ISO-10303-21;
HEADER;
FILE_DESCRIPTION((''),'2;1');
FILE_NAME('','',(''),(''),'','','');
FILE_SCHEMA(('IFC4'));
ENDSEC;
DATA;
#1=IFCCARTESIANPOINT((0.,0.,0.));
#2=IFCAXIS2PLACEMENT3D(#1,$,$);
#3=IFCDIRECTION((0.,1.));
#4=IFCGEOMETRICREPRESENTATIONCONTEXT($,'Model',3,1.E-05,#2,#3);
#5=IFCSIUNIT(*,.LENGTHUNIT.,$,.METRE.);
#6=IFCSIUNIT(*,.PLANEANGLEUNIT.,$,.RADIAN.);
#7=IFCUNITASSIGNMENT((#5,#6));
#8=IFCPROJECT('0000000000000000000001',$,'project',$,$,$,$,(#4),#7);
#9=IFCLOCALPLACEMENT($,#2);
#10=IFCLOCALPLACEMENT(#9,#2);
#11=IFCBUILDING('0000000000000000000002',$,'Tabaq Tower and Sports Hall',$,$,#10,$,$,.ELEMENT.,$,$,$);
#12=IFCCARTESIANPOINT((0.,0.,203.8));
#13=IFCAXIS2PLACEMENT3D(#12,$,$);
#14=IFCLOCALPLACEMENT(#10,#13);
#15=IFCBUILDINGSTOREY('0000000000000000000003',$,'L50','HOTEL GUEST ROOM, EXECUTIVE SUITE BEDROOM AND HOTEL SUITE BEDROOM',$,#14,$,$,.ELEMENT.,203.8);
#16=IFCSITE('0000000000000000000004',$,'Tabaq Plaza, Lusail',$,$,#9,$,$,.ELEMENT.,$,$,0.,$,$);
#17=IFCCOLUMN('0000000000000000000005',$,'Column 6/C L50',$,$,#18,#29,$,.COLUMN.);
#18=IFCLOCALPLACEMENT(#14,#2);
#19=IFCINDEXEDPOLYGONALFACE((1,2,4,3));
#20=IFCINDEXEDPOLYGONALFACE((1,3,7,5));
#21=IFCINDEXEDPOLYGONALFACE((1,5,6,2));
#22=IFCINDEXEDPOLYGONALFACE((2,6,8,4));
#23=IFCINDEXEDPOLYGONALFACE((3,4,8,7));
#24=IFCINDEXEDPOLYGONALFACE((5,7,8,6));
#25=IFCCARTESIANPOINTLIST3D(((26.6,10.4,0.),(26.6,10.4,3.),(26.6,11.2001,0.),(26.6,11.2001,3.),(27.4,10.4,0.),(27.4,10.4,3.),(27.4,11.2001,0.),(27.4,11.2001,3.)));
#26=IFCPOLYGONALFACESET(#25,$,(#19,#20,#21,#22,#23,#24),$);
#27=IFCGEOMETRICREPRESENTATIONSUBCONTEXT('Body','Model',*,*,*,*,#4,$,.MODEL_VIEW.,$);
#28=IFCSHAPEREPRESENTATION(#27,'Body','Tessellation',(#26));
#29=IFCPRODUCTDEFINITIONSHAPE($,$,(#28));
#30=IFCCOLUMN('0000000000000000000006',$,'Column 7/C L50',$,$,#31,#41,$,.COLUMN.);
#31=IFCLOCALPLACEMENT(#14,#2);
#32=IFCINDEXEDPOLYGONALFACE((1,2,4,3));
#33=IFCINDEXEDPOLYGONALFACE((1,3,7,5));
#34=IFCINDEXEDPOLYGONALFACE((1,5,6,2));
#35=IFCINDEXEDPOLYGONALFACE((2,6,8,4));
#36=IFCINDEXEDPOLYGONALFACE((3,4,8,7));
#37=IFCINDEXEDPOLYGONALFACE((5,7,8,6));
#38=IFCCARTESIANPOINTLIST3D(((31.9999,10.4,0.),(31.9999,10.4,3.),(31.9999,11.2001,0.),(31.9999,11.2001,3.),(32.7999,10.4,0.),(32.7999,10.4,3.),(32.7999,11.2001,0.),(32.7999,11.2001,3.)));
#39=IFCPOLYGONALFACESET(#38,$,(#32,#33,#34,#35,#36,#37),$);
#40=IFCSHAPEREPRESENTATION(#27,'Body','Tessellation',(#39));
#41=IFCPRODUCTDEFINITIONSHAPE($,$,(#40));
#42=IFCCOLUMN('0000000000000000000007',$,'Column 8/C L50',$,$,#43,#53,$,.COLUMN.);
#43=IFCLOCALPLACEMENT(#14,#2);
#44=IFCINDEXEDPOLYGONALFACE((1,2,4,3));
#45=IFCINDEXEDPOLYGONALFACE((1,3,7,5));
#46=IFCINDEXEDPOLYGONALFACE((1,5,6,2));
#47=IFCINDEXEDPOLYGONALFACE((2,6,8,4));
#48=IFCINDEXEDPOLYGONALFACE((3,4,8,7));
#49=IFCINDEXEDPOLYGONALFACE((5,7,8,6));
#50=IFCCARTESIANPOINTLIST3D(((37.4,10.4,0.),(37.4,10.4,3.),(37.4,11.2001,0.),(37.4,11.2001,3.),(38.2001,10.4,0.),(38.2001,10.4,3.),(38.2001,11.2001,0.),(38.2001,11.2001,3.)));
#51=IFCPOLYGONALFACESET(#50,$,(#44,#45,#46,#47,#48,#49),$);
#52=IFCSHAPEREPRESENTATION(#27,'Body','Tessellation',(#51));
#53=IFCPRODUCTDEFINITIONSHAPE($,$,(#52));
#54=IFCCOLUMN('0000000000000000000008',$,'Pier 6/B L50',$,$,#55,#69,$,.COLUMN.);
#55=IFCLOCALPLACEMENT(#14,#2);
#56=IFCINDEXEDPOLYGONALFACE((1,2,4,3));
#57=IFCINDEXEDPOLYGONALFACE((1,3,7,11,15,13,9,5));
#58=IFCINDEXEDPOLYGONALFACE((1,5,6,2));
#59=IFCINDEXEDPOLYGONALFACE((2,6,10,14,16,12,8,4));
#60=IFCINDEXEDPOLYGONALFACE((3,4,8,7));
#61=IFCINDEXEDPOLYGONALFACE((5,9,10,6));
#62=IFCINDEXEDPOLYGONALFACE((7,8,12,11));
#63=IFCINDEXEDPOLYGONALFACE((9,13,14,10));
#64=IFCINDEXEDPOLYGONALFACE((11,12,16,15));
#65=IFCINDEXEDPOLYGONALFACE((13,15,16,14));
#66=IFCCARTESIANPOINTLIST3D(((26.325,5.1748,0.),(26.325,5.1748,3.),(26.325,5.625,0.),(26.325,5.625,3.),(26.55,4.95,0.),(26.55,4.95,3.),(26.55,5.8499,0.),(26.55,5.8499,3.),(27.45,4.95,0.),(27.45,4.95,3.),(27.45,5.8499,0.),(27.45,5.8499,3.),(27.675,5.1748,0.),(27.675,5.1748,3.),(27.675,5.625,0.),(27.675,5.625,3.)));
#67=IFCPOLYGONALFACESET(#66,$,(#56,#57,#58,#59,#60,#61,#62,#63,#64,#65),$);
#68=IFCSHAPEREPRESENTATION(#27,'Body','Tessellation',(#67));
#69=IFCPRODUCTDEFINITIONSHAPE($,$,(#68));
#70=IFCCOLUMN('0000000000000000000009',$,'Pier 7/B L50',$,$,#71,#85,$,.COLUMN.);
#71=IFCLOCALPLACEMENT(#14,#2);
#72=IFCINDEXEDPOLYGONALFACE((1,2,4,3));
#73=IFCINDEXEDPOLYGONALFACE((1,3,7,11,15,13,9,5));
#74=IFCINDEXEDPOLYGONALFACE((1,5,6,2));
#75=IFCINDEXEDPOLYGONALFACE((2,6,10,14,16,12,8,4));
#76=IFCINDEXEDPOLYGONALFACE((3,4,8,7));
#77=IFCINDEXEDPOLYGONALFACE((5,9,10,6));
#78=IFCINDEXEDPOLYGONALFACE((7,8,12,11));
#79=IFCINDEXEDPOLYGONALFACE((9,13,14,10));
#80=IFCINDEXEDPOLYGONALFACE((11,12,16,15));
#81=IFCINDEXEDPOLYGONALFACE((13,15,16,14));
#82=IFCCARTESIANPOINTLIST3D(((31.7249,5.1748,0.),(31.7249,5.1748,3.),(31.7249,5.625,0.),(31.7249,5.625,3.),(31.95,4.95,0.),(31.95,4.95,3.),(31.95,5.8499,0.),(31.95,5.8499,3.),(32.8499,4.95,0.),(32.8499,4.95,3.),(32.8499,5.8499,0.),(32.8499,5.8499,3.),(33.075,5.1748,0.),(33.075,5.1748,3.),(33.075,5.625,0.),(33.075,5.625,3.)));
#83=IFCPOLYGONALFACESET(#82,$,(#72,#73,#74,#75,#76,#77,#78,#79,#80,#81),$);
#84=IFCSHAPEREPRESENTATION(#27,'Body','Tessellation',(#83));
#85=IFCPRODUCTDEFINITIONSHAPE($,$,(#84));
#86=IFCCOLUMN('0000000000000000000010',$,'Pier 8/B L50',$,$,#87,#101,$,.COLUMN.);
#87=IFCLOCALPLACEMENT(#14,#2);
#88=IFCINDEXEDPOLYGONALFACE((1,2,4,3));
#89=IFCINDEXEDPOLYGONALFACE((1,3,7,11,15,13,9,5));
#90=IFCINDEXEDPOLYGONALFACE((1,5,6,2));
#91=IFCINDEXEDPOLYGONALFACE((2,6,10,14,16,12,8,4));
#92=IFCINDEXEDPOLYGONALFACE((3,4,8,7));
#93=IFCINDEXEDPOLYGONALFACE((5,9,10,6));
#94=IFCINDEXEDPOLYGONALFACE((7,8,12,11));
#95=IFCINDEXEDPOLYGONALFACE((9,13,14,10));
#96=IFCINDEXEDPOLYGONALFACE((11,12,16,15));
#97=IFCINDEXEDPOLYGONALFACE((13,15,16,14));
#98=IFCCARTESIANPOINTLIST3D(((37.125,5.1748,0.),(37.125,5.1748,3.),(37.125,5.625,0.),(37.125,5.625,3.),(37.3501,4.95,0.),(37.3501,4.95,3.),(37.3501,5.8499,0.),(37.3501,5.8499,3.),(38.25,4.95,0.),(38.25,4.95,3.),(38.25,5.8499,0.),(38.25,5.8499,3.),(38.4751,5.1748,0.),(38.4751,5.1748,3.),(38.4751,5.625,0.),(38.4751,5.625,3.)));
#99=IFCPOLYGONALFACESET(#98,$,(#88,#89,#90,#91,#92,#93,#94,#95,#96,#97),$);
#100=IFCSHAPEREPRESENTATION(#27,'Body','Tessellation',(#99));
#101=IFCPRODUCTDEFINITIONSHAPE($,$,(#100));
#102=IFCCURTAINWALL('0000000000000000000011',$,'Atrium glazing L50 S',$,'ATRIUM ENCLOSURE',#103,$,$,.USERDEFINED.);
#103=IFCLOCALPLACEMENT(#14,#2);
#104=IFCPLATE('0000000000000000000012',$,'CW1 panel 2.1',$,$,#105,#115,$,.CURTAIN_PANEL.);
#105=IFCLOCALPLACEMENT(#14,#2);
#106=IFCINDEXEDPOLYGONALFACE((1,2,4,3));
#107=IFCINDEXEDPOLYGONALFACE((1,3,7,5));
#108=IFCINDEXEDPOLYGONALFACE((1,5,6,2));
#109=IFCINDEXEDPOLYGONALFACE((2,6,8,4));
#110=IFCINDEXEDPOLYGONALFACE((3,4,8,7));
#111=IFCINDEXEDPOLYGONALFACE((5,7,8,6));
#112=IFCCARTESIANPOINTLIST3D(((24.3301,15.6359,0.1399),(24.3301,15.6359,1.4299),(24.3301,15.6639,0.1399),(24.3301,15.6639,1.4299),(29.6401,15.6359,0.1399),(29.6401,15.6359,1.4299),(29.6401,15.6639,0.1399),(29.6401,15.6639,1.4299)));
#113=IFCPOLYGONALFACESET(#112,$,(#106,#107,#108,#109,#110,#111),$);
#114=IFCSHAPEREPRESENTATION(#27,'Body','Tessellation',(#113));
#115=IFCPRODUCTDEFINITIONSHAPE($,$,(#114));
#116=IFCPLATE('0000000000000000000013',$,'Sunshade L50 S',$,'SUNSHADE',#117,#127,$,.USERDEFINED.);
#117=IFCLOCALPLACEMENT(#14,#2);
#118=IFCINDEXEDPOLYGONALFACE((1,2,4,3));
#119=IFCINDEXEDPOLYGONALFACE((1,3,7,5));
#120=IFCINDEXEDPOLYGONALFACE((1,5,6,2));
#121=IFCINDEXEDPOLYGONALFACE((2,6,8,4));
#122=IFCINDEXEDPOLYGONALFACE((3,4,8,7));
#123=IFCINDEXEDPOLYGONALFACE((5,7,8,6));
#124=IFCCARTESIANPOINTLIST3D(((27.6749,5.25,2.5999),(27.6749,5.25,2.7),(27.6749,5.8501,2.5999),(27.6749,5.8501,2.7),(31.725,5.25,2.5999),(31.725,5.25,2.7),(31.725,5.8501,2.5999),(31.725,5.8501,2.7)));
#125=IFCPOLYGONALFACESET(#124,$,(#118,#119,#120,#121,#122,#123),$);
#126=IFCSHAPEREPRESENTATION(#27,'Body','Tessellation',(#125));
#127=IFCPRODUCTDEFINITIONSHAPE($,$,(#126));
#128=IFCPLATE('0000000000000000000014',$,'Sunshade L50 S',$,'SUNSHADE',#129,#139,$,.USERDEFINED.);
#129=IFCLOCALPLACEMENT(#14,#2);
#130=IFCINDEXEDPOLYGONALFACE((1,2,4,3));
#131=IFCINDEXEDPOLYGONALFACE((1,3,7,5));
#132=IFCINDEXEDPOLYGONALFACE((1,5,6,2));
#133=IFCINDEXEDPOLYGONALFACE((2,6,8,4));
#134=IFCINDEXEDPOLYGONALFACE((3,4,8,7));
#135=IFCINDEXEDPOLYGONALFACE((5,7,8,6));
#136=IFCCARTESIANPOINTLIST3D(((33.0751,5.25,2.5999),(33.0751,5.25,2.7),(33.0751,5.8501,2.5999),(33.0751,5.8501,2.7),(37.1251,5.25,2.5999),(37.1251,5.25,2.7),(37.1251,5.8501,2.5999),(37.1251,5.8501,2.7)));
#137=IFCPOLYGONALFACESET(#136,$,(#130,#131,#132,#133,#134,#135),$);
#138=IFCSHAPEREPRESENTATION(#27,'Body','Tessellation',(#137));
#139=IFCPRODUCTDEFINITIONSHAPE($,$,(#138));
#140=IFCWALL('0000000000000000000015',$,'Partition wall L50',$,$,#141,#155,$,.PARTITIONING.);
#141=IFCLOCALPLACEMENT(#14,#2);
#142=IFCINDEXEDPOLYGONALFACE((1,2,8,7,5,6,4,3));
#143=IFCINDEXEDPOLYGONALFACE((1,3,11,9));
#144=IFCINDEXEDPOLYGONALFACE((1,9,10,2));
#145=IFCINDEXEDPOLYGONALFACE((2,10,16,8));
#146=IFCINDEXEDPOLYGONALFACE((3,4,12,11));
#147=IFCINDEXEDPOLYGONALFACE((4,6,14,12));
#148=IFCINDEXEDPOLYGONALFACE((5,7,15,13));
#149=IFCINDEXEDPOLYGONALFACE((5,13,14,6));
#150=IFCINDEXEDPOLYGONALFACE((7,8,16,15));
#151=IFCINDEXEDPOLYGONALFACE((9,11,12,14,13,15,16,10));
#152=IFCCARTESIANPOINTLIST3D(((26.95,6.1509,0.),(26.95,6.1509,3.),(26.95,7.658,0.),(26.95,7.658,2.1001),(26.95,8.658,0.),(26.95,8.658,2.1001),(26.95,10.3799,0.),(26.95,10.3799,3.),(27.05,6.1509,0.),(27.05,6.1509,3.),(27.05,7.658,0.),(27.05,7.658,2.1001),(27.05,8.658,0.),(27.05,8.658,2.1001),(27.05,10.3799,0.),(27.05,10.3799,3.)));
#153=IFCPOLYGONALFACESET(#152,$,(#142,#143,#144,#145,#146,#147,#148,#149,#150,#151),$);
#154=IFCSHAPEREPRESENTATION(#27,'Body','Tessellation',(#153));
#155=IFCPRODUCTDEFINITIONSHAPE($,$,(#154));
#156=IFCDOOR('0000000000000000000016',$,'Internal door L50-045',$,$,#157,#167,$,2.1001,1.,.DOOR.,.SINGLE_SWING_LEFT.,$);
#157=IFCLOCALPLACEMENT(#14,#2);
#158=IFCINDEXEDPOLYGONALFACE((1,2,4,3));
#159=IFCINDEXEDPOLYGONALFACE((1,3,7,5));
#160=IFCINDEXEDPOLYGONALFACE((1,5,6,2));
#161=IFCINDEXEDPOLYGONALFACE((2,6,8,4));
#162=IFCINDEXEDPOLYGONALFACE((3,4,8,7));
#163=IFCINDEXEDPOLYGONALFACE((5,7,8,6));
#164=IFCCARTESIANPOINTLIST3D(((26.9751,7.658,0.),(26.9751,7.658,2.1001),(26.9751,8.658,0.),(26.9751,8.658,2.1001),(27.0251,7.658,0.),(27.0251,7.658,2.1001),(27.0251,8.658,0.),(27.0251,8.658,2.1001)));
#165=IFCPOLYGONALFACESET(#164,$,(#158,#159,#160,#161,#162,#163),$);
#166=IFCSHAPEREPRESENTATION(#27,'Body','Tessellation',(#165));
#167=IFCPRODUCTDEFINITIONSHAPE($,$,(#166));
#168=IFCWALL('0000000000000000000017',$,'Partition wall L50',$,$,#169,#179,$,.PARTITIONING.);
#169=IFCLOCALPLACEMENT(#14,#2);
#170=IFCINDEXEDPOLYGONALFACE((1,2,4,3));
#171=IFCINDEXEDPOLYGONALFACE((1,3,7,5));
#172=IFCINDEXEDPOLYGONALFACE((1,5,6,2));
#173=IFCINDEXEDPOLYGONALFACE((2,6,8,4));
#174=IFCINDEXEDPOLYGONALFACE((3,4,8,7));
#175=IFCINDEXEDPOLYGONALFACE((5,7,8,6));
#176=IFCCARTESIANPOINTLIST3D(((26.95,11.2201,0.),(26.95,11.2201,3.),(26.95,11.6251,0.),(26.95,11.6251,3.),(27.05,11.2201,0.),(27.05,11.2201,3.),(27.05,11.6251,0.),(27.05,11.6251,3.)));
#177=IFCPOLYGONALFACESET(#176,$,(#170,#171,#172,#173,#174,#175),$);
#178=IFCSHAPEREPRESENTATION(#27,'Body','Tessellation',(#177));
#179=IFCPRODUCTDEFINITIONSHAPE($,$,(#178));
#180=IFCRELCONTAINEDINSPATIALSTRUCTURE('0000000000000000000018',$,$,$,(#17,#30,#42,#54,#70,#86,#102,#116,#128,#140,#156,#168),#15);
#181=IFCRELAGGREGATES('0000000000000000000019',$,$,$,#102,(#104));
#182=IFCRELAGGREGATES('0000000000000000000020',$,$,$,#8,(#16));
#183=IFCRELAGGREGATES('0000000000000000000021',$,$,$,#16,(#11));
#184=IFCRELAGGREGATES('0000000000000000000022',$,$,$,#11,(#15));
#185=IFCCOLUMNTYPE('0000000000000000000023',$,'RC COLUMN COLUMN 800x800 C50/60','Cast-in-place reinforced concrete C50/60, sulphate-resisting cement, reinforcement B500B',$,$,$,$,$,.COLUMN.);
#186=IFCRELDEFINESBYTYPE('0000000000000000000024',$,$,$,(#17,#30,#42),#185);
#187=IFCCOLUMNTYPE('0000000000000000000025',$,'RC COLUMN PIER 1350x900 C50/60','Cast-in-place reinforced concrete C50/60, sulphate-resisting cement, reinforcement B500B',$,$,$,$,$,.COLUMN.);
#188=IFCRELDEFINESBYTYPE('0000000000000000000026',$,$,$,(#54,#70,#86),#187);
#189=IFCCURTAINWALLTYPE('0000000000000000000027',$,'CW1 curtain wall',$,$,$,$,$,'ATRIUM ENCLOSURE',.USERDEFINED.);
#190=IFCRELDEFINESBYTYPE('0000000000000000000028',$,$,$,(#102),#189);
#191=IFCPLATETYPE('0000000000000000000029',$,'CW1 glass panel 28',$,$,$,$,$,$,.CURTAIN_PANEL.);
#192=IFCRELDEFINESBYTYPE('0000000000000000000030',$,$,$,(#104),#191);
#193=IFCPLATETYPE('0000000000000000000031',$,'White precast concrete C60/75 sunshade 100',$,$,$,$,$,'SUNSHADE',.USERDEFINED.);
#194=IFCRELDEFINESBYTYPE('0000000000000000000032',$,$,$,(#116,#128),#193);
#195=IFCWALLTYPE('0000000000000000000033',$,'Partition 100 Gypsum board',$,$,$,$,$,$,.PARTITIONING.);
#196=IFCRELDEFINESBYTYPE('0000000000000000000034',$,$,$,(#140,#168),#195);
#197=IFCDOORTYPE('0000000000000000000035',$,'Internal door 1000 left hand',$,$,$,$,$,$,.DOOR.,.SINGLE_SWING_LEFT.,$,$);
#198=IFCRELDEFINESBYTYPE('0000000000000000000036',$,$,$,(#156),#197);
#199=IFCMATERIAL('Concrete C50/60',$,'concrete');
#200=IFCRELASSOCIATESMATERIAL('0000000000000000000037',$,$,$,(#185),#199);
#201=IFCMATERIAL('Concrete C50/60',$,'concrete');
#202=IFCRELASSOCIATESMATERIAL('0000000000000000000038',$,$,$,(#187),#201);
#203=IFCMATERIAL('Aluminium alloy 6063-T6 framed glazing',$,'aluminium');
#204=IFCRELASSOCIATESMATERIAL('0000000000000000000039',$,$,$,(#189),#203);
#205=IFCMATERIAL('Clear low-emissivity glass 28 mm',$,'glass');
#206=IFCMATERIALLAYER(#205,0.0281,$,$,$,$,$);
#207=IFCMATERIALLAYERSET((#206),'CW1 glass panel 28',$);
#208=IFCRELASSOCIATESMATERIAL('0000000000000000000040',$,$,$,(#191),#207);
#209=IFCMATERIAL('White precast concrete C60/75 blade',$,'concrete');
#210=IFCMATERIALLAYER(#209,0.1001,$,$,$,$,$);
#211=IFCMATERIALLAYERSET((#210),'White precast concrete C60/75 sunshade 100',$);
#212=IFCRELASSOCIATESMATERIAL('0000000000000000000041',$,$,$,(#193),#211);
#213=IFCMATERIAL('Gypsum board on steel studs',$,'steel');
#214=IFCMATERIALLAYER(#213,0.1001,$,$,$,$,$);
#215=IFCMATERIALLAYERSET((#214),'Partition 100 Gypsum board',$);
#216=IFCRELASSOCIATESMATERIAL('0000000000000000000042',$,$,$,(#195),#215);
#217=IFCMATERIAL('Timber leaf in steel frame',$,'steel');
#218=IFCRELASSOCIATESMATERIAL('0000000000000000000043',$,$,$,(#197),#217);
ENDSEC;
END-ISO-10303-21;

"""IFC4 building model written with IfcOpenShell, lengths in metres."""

from ifc_helpers import new_model, si_unit, direction, frame, frame_2d, origin, origin_2d, place, context, subcontext, project, spatial, polyline, rectangle, outline, extrude, material, layer, layer_set, material_profile, profile_set, type_object, element, fill, aggregate, save


model = new_model("IFC4")

# Units and contexts
model_context = context("Model", 3, precision=1e-05, world=origin(), true_north=direction((0.0, 1.0)))
body_context = subcontext(model_context, "Body", "Model", "MODEL_VIEW")
ifc_project = project(units=[si_unit("LENGTHUNIT", "METRE"), si_unit("PLANEANGLEUNIT", "RADIAN")], contexts=[model_context])

# Site, building, storey
site_placement = place(None, origin())
site = spatial("IfcSite", under=ifc_project, at=site_placement, Name="Tabaq Plaza, Lusail", CompositionType="ELEMENT", RefElevation=0.0)
building_placement = place(site_placement, origin())
building = spatial("IfcBuilding", under=site, at=building_placement, Name="Tabaq Tower and Sports Hall", CompositionType="ELEMENT")
storey_placement = place(building_placement, frame((0.0, 0.0, 203.8)))
storey = spatial("IfcBuildingStorey", under=building, at=storey_placement, Name="L50", Description="HOTEL GUEST ROOM, EXECUTIVE SUITE BEDROOM AND HOTEL SUITE BEDROOM", CompositionType="ELEMENT", Elevation=203.8)

# Columns
ifc_material_1 = material(Name="Concrete C50/60", Category="concrete")
ifc_material_profile_1 = material_profile(ifc_material_1, rectangle(XDim=0.8, YDim=0.8, at=origin_2d()), Name="COLUMN 800x800")
ifc_profile_set_1 = profile_set([ifc_material_profile_1], Name="Concrete C50/60")
column_type_1 = type_object("IfcColumnType", Name="RC COLUMN COLUMN 800x800 C50/60", Description="Cast-in-place reinforced concrete C50/60, sulphate-resisting cement, reinforcement B500B", PredefinedType="COLUMN", material=ifc_profile_set_1)
for number, where, z_axis, x_axis, name in (
    (1, (27.0, 10.8, 0.0), (0.0, 0.0, 1.0), (1.0, 0.0, 0.0), "Column 6/C L50"),
    (2, (32.3999, 10.8, 0.0), (0.0, 0.0, 1.0), (1.0, 0.0, 0.0), "Column 7/C L50"),
    (3, (37.8, 10.8, 0.0), (0.0, 0.0, 1.0), (1.0, 0.0, 0.0), "Column 8/C L50"),
):
    element("IfcColumn", number, at=place(storey_placement, frame(where, z_axis=z_axis, x_axis=x_axis)), inside=storey, type_object=column_type_1, Name=name, PredefinedType="COLUMN", context=body_context, shape_type="SweptSolid", body=[
        extrude(rectangle(XDim=0.8, YDim=0.8, at=origin_2d()), origin(), (0.0, 0.0, 1.0), 3.0),
    ])
ifc_material_2 = material(Name="Concrete C50/60", Category="concrete")
ifc_material_profile_2 = material_profile(ifc_material_2, outline(polyline([(-0.45, -0.45), (0.45, -0.45), (0.675, -0.2251), (0.675, 0.2251), (0.45, 0.45), (-0.45, 0.45), (-0.675, 0.2251), (-0.675, -0.2251), (-0.45, -0.45)])), Name="PIER 1350x900")
ifc_profile_set_2 = profile_set([ifc_material_profile_2], Name="Concrete C50/60")
column_type_2 = type_object("IfcColumnType", Name="RC COLUMN PIER 1350x900 C50/60", Description="Cast-in-place reinforced concrete C50/60, sulphate-resisting cement, reinforcement B500B", PredefinedType="COLUMN", material=ifc_profile_set_2)
for number, where, z_axis, x_axis, name in (
    (4, (27.0, 5.3999, 0.0), (0.0, 0.0, 1.0), (1.0, 0.0, 0.0), "Pier 6/B L50"),
    (5, (32.3999, 5.3999, 0.0), (0.0, 0.0, 1.0), (1.0, 0.0, 0.0), "Pier 7/B L50"),
    (6, (37.8, 5.3999, 0.0), (0.0, 0.0, 1.0), (1.0, 0.0, 0.0), "Pier 8/B L50"),
):
    element("IfcColumn", number, at=place(storey_placement, frame(where, z_axis=z_axis, x_axis=x_axis)), inside=storey, type_object=column_type_2, Name=name, PredefinedType="COLUMN", context=body_context, shape_type="SweptSolid", body=[
        extrude(outline(polyline([(-0.45, -0.45), (0.45, -0.45), (0.675, -0.2251), (0.675, 0.2251), (0.45, 0.45), (-0.45, 0.45), (-0.675, 0.2251), (-0.675, -0.2251), (-0.45, -0.45)])), origin(), (0.0, 0.0, 1.0), 3.0),
    ])

# Curtain wall, plate
ifc_material_3 = material(Name="Aluminium alloy 6063-T6 framed glazing", Category="aluminium")
curtain_wall_type = type_object("IfcCurtainWallType", Name="CW1 curtain wall", ElementType="ATRIUM ENCLOSURE", PredefinedType="USERDEFINED", material=ifc_material_3)
curtain_wall_placement = place(storey_placement, origin())
curtain_wall = element("IfcCurtainWall", 7, at=curtain_wall_placement, inside=storey, type_object=curtain_wall_type, Name="Atrium glazing L50 S", ObjectType="ATRIUM ENCLOSURE", PredefinedType="USERDEFINED")
ifc_material_4 = material(Name="Clear low-emissivity glass 28 mm", Category="glass")
ifc_layer_1 = layer(ifc_material_4, 0.0281)
ifc_layer_set_1 = layer_set([ifc_layer_1], Name="CW1 glass panel 28")
plate_type_1 = type_object("IfcPlateType", Name="CW1 glass panel 28", PredefinedType="CURTAIN_PANEL", material=ifc_layer_set_1)
plate_placement = place(storey_placement, frame((26.9851, 15.6499, 0.1399), z_axis=(0.0, 0.0, 1.0), x_axis=(1.0, 0.0, 0.0)))
plate = element("IfcPlate", 8, at=plate_placement, type_object=plate_type_1, Name="CW1 panel 2.1", PredefinedType="CURTAIN_PANEL", context=body_context, shape_type="SweptSolid", body=[
    extrude(rectangle(XDim=5.3101, YDim=0.0281, at=origin_2d()), origin(), (0.0, 0.0, 1.0), 1.29),
])
aggregate(curtain_wall, [plate])

# Plates
ifc_material_5 = material(Name="White precast concrete C60/75 blade", Category="concrete")
ifc_layer_2 = layer(ifc_material_5, 0.1001)
ifc_layer_set_2 = layer_set([ifc_layer_2], Name="White precast concrete C60/75 sunshade 100")
plate_type_2 = type_object("IfcPlateType", Name="White precast concrete C60/75 sunshade 100", ElementType="SUNSHADE", PredefinedType="USERDEFINED", material=ifc_layer_set_2)
for number, where, z_axis, x_axis, name in (
    (9, (29.7, 5.55, 2.5999), (0.0, 0.0, 1.0), (1.0, 0.0, 0.0), "Sunshade L50 S"),
    (10, (35.1001, 5.55, 2.5999), (0.0, 0.0, 1.0), (1.0, 0.0, 0.0), "Sunshade L50 S"),
):
    element("IfcPlate", number, at=place(storey_placement, frame(where, z_axis=z_axis, x_axis=x_axis)), inside=storey, type_object=plate_type_2, Name=name, ObjectType="SUNSHADE", PredefinedType="USERDEFINED", context=body_context, shape_type="SweptSolid", body=[
        extrude(rectangle(XDim=4.05, YDim=0.6001, at=origin_2d()), origin(), (0.0, 0.0, 1.0), 0.1001),
    ])

# Wall, opening, door
ifc_material_6 = material(Name="Gypsum board on steel studs", Category="steel")
ifc_layer_3 = layer(ifc_material_6, 0.1001)
ifc_layer_set_3 = layer_set([ifc_layer_3], Name="Partition 100 Gypsum board")
wall_type_1 = type_object("IfcWallType", Name="Partition 100 Gypsum board", PredefinedType="PARTITIONING", material=ifc_layer_set_3)
wall_1_placement = place(storey_placement, frame((27.0, 6.1509, 0.0), z_axis=(0.0, 0.0, 1.0), x_axis=(0.0, 1.0, 0.0)))
wall_1 = element("IfcWall", 11, at=wall_1_placement, inside=storey, type_object=wall_type_1, Name="Partition wall L50", PredefinedType="PARTITIONING", context=body_context, shape_type="SweptSolid", body=[
    extrude(rectangle(XDim=4.229, YDim=0.1001, at=frame_2d((2.1145, 0.0))), origin(), (0.0, 0.0, 1.0), 3.0),
])
opening_1_placement = place(wall_1_placement, frame((1.5071, 0.0, 0.0)))
opening_1 = element("IfcOpeningElement", 12, at=opening_1_placement, cuts=wall_1, PredefinedType="OPENING", context=body_context, shape_type="SweptSolid", body=[
    extrude(rectangle(XDim=1.0, YDim=2.1001, at=frame_2d((0.5, 1.05))), frame((0.0, 0.05, 0.0), z_axis=(0.0, -1.0, 0.0), x_axis=(1.0, 0.0, 0.0)), (0.0, 0.0, 1.0), 0.1001),
])
ifc_material_7 = material(Name="Timber leaf in steel frame", Category="steel")
door_type_1 = type_object("IfcDoorType", Name="Internal door 1000 left hand", OperationType="SINGLE_SWING_LEFT", PredefinedType="DOOR", material=ifc_material_7)
door_1_placement = place(opening_1_placement, origin())
door_1 = element("IfcDoor", 13, at=door_1_placement, inside=storey, type_object=door_type_1, Name="Internal door L50-045", OperationType="SINGLE_SWING_LEFT", OverallHeight=2.1001, OverallWidth=1.0, PredefinedType="DOOR", context=body_context, shape_type="SweptSolid", body=[
    extrude(rectangle(XDim=1.0, YDim=2.1001, at=frame_2d((0.5, 1.05))), frame((0.0, 0.0249, 0.0), z_axis=(0.0, -1.0, 0.0), x_axis=(1.0, 0.0, 0.0)), (0.0, 0.0, 1.0), 0.05),
])
fill(opening_1, door_1)

# Wall
wall_2_placement = place(storey_placement, frame((27.0, 11.22, 0.0), z_axis=(0.0, 0.0, 1.0), x_axis=(0.0, 1.0, 0.0)))
element("IfcWall", 14, at=wall_2_placement, inside=storey, type_object=wall_type_1, Name="Partition wall L50", PredefinedType="PARTITIONING", context=body_context, shape_type="SweptSolid", body=[
    extrude(rectangle(XDim=0.405, YDim=0.1001, at=frame_2d((0.2026, 0.0))), origin(), (0.0, 0.0, 1.0), 3.0),
])

save(model, "model.ifc")
